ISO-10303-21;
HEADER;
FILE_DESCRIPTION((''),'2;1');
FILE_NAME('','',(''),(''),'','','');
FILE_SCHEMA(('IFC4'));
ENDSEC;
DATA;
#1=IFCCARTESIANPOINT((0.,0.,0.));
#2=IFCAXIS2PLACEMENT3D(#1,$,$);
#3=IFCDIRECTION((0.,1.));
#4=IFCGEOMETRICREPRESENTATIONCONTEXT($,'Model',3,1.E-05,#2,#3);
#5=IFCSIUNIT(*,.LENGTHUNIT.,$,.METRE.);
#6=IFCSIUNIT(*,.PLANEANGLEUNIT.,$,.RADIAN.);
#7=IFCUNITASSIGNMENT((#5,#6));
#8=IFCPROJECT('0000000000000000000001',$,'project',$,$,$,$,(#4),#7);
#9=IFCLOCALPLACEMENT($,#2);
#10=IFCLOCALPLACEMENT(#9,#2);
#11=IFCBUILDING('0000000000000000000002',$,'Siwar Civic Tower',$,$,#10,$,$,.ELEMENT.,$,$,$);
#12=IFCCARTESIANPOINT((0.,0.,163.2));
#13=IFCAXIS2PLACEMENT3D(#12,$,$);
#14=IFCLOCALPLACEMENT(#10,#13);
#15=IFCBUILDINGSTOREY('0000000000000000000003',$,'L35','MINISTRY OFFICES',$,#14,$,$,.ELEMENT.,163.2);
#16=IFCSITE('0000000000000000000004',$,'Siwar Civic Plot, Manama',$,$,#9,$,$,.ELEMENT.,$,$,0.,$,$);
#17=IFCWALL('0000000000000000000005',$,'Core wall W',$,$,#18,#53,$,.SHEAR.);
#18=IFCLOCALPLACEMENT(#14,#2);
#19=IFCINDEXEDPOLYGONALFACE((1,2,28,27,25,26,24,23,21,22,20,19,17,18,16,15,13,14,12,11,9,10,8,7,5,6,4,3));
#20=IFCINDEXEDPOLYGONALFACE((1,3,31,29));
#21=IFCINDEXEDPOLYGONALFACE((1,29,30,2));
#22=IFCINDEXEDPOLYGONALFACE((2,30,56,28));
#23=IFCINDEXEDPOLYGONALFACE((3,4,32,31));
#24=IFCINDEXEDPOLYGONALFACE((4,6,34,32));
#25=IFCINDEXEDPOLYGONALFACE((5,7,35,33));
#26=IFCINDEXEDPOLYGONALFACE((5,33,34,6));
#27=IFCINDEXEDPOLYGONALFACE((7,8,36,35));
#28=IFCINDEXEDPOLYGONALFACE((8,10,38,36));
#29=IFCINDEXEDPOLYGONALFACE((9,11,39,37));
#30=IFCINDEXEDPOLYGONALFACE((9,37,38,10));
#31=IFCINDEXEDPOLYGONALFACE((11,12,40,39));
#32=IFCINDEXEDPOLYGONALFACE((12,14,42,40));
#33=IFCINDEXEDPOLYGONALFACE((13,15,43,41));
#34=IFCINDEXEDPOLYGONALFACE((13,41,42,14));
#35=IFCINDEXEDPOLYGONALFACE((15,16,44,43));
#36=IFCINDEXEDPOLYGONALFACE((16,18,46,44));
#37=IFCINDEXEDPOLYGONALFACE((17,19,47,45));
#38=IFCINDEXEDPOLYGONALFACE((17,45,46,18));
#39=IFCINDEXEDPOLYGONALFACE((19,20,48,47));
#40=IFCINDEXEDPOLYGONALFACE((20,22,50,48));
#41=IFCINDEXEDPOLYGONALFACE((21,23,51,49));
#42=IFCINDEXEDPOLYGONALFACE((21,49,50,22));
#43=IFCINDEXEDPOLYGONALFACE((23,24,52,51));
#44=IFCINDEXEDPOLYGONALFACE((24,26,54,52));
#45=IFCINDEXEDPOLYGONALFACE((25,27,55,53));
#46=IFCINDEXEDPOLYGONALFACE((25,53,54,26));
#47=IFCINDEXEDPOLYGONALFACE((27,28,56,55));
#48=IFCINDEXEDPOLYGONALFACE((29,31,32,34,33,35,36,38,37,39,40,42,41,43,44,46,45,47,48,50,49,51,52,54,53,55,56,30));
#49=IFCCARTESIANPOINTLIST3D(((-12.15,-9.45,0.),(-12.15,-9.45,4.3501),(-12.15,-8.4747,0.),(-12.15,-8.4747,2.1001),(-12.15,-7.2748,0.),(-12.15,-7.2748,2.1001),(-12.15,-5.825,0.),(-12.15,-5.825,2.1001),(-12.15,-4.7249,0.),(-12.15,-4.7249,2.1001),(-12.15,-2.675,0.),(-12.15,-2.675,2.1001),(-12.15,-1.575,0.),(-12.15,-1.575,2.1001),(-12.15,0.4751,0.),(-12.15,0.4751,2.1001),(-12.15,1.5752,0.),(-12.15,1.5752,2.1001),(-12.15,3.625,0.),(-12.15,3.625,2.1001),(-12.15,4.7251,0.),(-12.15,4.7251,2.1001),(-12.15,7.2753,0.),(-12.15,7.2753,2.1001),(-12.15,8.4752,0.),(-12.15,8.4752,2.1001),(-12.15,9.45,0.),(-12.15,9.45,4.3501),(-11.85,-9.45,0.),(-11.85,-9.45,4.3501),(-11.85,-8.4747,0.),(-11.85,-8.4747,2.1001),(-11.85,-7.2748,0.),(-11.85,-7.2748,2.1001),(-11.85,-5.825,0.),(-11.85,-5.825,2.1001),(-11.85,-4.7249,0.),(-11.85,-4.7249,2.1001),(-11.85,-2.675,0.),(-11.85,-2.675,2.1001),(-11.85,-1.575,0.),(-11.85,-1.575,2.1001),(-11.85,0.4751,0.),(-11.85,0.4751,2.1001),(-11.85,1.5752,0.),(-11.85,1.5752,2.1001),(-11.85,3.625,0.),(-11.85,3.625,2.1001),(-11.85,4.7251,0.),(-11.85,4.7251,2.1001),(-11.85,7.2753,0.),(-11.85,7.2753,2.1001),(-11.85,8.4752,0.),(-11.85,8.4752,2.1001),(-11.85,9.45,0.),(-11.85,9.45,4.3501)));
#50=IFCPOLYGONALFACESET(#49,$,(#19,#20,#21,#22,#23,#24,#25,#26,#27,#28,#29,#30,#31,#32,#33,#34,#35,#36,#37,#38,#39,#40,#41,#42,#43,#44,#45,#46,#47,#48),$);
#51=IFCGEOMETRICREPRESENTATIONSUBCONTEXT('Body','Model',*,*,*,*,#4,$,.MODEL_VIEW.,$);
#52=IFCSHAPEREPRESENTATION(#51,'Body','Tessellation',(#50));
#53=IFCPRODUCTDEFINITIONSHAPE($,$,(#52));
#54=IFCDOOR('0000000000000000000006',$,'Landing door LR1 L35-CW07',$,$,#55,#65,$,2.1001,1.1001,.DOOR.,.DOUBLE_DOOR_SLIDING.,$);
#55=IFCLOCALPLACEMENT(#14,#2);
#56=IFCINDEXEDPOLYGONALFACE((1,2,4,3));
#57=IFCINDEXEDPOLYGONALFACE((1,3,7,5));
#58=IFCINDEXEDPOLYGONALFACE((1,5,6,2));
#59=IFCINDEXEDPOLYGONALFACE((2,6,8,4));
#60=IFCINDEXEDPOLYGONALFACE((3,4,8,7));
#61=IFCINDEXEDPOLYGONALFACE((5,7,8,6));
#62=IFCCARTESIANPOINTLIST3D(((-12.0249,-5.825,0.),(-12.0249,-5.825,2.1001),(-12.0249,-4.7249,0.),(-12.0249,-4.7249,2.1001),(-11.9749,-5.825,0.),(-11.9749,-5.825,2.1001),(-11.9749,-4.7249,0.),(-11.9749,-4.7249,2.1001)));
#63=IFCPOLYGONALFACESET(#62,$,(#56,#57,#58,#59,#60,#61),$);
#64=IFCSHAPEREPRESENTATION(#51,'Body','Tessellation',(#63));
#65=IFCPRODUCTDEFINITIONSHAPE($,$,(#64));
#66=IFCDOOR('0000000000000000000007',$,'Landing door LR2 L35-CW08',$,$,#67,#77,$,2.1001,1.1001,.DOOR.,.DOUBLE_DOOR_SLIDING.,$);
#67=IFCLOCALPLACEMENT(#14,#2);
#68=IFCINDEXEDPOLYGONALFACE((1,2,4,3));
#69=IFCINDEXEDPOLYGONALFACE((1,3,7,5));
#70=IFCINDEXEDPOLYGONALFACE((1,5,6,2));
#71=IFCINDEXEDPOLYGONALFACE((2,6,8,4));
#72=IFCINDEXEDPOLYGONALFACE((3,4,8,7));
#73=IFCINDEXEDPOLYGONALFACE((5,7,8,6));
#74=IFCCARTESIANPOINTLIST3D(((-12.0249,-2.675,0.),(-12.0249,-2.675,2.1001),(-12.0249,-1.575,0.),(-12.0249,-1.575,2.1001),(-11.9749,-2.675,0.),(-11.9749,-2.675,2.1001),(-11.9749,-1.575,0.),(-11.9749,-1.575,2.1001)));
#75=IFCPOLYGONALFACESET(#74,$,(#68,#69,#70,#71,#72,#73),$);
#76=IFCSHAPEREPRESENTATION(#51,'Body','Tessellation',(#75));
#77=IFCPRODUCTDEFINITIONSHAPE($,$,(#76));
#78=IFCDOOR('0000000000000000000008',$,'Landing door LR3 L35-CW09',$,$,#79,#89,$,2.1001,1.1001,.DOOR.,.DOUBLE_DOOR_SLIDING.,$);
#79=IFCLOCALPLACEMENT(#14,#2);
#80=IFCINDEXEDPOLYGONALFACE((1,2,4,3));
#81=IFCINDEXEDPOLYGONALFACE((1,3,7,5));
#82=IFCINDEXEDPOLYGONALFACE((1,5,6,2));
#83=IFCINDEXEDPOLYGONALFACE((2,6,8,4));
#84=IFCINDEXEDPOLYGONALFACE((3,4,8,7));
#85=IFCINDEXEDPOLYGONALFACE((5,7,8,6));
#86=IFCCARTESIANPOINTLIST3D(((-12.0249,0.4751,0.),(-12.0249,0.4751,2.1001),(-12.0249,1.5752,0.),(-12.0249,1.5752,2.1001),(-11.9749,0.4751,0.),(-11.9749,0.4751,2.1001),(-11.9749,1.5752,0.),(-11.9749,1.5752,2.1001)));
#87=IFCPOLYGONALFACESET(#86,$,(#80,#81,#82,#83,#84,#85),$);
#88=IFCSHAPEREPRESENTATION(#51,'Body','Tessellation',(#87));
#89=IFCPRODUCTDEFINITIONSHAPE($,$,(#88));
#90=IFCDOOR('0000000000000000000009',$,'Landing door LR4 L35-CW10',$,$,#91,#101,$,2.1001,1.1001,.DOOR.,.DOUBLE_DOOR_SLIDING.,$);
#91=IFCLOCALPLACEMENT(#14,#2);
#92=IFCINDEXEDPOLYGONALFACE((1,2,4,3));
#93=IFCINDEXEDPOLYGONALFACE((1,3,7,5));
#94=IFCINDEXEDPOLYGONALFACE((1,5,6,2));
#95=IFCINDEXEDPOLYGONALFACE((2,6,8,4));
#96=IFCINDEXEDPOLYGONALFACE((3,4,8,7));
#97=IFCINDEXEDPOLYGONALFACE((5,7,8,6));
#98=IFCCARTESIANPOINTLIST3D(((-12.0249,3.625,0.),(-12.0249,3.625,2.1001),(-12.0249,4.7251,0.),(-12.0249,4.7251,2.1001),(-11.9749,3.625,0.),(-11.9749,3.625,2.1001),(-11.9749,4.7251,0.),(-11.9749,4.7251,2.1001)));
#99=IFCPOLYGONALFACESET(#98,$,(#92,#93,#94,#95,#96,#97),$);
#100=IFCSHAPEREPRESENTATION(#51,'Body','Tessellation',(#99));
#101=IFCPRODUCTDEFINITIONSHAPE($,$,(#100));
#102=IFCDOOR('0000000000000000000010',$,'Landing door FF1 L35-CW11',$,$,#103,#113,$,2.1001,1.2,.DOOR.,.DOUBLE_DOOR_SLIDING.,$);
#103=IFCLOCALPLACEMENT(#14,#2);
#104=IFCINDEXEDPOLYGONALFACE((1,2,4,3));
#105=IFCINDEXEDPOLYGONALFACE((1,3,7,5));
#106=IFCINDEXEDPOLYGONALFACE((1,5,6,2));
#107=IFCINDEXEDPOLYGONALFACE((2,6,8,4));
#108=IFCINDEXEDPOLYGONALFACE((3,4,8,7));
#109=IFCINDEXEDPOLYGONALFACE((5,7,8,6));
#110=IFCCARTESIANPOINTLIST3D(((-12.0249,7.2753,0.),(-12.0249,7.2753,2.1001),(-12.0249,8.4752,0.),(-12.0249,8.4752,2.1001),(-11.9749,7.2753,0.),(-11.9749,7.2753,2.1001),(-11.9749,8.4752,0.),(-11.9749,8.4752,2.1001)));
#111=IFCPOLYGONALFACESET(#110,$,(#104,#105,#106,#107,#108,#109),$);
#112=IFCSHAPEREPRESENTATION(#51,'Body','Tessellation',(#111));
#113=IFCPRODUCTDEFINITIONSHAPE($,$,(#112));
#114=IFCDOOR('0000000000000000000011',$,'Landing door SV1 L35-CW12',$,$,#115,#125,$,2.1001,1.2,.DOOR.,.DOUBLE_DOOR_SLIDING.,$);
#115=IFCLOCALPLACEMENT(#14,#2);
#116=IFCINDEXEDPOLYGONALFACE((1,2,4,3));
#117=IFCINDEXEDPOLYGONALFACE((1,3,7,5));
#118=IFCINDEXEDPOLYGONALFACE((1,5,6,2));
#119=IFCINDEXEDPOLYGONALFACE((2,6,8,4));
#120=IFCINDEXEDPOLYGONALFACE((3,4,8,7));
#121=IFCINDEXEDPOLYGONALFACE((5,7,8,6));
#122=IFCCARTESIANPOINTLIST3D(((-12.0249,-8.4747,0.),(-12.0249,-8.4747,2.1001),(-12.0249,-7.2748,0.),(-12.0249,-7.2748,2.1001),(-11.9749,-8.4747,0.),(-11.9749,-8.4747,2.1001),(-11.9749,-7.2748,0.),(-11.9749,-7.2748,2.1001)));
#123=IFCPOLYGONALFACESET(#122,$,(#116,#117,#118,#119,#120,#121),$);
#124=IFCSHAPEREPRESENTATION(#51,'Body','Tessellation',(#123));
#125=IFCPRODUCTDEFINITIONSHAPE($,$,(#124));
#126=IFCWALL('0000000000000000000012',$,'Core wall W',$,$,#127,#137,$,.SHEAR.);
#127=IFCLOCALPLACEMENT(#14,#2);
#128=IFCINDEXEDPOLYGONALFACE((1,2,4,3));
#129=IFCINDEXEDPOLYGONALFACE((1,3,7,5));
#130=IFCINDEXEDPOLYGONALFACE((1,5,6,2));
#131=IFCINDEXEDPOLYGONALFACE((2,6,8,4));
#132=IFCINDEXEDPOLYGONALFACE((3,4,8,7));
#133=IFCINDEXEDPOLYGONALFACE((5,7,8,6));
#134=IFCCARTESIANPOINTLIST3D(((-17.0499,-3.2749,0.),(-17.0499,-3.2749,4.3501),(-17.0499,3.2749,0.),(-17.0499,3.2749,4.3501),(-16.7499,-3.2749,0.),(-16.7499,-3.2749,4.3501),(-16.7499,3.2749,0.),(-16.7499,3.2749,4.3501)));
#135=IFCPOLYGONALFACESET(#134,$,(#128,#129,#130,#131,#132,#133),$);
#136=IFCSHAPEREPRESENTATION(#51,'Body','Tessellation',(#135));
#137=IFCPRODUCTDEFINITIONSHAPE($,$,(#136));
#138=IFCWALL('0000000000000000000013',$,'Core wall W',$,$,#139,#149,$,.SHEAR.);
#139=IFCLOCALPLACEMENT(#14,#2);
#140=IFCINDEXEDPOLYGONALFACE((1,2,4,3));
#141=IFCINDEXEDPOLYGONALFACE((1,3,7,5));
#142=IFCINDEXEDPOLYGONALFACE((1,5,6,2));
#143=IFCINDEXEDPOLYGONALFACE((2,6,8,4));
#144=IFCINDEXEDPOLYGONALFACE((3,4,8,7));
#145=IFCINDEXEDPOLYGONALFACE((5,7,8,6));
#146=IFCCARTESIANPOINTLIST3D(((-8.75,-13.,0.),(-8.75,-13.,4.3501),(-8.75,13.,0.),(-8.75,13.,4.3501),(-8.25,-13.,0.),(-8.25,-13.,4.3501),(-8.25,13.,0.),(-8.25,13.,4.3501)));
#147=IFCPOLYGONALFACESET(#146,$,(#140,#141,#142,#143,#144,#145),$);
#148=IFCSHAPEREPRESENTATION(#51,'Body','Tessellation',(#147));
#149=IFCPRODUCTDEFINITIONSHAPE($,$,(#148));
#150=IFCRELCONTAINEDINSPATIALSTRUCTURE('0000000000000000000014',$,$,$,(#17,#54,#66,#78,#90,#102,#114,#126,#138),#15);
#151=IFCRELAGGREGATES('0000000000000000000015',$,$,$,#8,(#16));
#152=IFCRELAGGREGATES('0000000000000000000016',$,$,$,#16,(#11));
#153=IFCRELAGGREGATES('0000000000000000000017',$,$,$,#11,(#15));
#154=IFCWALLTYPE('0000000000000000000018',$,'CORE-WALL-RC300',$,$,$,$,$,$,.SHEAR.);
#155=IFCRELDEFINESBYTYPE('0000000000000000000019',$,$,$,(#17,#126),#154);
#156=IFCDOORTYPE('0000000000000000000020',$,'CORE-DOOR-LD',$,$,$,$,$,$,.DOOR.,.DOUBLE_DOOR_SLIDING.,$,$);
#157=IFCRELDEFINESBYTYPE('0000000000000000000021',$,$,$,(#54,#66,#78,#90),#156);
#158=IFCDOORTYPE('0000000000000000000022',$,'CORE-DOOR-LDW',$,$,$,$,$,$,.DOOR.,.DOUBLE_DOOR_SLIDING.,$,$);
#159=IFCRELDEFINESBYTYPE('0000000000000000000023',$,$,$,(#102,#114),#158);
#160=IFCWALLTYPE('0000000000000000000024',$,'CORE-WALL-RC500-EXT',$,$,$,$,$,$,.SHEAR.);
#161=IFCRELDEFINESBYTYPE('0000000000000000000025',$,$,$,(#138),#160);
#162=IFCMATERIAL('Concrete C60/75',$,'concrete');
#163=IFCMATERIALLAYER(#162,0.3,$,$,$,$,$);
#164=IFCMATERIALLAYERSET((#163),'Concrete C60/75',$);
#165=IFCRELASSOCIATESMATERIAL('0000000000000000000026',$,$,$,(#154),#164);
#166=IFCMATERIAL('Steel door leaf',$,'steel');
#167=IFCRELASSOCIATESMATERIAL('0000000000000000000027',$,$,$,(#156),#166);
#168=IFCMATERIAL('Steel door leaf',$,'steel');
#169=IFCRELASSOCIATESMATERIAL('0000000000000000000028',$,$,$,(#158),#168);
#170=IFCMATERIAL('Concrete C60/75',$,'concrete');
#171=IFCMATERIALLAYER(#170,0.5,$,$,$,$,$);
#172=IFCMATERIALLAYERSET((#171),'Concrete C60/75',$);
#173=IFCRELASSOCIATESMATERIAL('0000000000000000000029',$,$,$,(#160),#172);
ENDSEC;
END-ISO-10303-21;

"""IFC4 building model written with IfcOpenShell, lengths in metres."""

from ifc_helpers import new_model, si_unit, direction, frame, frame_2d, origin, place, context, subcontext, project, spatial, rectangle, extrude, material, layer, layer_set, type_object, element, fill, save


model = new_model("IFC4")

# Units and contexts
model_context = context("Model", 3, precision=1e-05, world=origin(), true_north=direction((0.0, 1.0)))
body_context = subcontext(model_context, "Body", "Model", "MODEL_VIEW")
ifc_project = project(units=[si_unit("LENGTHUNIT", "METRE"), si_unit("PLANEANGLEUNIT", "RADIAN")], contexts=[model_context])

# Site, building, storey
site_placement = place(None, origin())
site = spatial("IfcSite", under=ifc_project, at=site_placement, Name="Siwar Civic Plot, Manama", CompositionType="ELEMENT", RefElevation=0.0)
building_placement = place(site_placement, origin())
building = spatial("IfcBuilding", under=site, at=building_placement, Name="Siwar Civic Tower", CompositionType="ELEMENT")
storey_placement = place(building_placement, frame((0.0, 0.0, 163.2)))
storey = spatial("IfcBuildingStorey", under=building, at=storey_placement, Name="L35", Description="MINISTRY OFFICES", CompositionType="ELEMENT", Elevation=163.2)

# Wall, openings, doors
ifc_material_1 = material(Name="Concrete C60/75", Category="concrete")
ifc_layer_1 = layer(ifc_material_1, 0.3)
ifc_layer_set_1 = layer_set([ifc_layer_1], Name="Concrete C60/75")
wall_type_1 = type_object("IfcWallType", Name="CORE-WALL-RC300", PredefinedType="SHEAR", material=ifc_layer_set_1)
wall_1_placement = place(storey_placement, frame((-12.0, -9.45, 0.0), z_axis=(0.0, 0.0, 1.0), x_axis=(0.0, 1.0, 0.0)))
wall_1 = element("IfcWall", 1, at=wall_1_placement, inside=storey, type_object=wall_type_1, Name="Core wall W", PredefinedType="SHEAR", context=body_context, shape_type="SweptSolid", body=[
    extrude(rectangle(XDim=18.8999, YDim=0.3, at=frame_2d((9.45, 0.0))), origin(), (0.0, 0.0, 1.0), 4.3501),
])
opening_1_placement = place(wall_1_placement, frame((3.625, 0.0, 0.0)))
opening_1 = element("IfcOpeningElement", 2, at=opening_1_placement, cuts=wall_1, PredefinedType="OPENING", context=body_context, shape_type="SweptSolid", body=[
    extrude(rectangle(XDim=1.1001, YDim=2.1001, at=frame_2d((0.55, 1.05))), frame((0.0, 0.1602, 0.0), z_axis=(0.0, -1.0, 0.0), x_axis=(1.0, 0.0, 0.0)), (0.0, 0.0, 1.0), 0.3201),
])
opening_2_placement = place(wall_1_placement, frame((6.7749, 0.0, 0.0)))
opening_2 = element("IfcOpeningElement", 3, at=opening_2_placement, cuts=wall_1, PredefinedType="OPENING", context=body_context, shape_type="SweptSolid", body=[
    extrude(rectangle(XDim=1.1001, YDim=2.1001, at=frame_2d((0.55, 1.05))), frame((0.0, 0.1602, 0.0), z_axis=(0.0, -1.0, 0.0), x_axis=(1.0, 0.0, 0.0)), (0.0, 0.0, 1.0), 0.3201),
])
opening_3_placement = place(wall_1_placement, frame((9.925, 0.0, 0.0)))
opening_3 = element("IfcOpeningElement", 4, at=opening_3_placement, cuts=wall_1, PredefinedType="OPENING", context=body_context, shape_type="SweptSolid", body=[
    extrude(rectangle(XDim=1.1001, YDim=2.1001, at=frame_2d((0.55, 1.05))), frame((0.0, 0.1602, 0.0), z_axis=(0.0, -1.0, 0.0), x_axis=(1.0, 0.0, 0.0)), (0.0, 0.0, 1.0), 0.3201),
])
opening_4_placement = place(wall_1_placement, frame((13.075, 0.0, 0.0)))
opening_4 = element("IfcOpeningElement", 5, at=opening_4_placement, cuts=wall_1, PredefinedType="OPENING", context=body_context, shape_type="SweptSolid", body=[
    extrude(rectangle(XDim=1.1001, YDim=2.1001, at=frame_2d((0.55, 1.05))), frame((0.0, 0.1602, 0.0), z_axis=(0.0, -1.0, 0.0), x_axis=(1.0, 0.0, 0.0)), (0.0, 0.0, 1.0), 0.3201),
])
opening_5_placement = place(wall_1_placement, frame((16.7251, 0.0, 0.0)))
opening_5 = element("IfcOpeningElement", 6, at=opening_5_placement, cuts=wall_1, PredefinedType="OPENING", context=body_context, shape_type="SweptSolid", body=[
    extrude(rectangle(XDim=1.2, YDim=2.1001, at=frame_2d((0.6001, 1.05))), frame((0.0, 0.1602, 0.0), z_axis=(0.0, -1.0, 0.0), x_axis=(1.0, 0.0, 0.0)), (0.0, 0.0, 1.0), 0.3201),
])
opening_6_placement = place(wall_1_placement, frame((0.9751, 0.0, 0.0)))
opening_6 = element("IfcOpeningElement", 7, at=opening_6_placement, cuts=wall_1, PredefinedType="OPENING", context=body_context, shape_type="SweptSolid", body=[
    extrude(rectangle(XDim=1.2, YDim=2.1001, at=frame_2d((0.6001, 1.05))), frame((0.0, 0.1602, 0.0), z_axis=(0.0, -1.0, 0.0), x_axis=(1.0, 0.0, 0.0)), (0.0, 0.0, 1.0), 0.3201),
])
ifc_material_2 = material(Name="Steel door leaf", Category="steel")
door_type_1 = type_object("IfcDoorType", Name="CORE-DOOR-LD", OperationType="DOUBLE_DOOR_SLIDING", PredefinedType="DOOR", material=ifc_material_2)
door_1_placement = place(opening_1_placement, origin())
door_1 = element("IfcDoor", 8, at=door_1_placement, inside=storey, type_object=door_type_1, Name="Landing door LR1 L35-CW07", OperationType="DOUBLE_DOOR_SLIDING", OverallHeight=2.1001, OverallWidth=1.1001, PredefinedType="DOOR", context=body_context, shape_type="SweptSolid", body=[
    extrude(rectangle(XDim=1.1001, YDim=2.1001, at=frame_2d((0.55, 1.05))), frame((0.0, 0.0249, 0.0), z_axis=(0.0, -1.0, 0.0), x_axis=(1.0, 0.0, 0.0)), (0.0, 0.0, 1.0), 0.05),
])
fill(opening_1, door_1)
door_2_placement = place(opening_2_placement, origin())
door_2 = element("IfcDoor", 9, at=door_2_placement, inside=storey, type_object=door_type_1, Name="Landing door LR2 L35-CW08", OperationType="DOUBLE_DOOR_SLIDING", OverallHeight=2.1001, OverallWidth=1.1001, PredefinedType="DOOR", context=body_context, shape_type="SweptSolid", body=[
    extrude(rectangle(XDim=1.1001, YDim=2.1001, at=frame_2d((0.55, 1.05))), frame((0.0, 0.0249, 0.0), z_axis=(0.0, -1.0, 0.0), x_axis=(1.0, 0.0, 0.0)), (0.0, 0.0, 1.0), 0.05),
])
fill(opening_2, door_2)
door_3_placement = place(opening_3_placement, origin())
door_3 = element("IfcDoor", 10, at=door_3_placement, inside=storey, type_object=door_type_1, Name="Landing door LR3 L35-CW09", OperationType="DOUBLE_DOOR_SLIDING", OverallHeight=2.1001, OverallWidth=1.1001, PredefinedType="DOOR", context=body_context, shape_type="SweptSolid", body=[
    extrude(rectangle(XDim=1.1001, YDim=2.1001, at=frame_2d((0.55, 1.05))), frame((0.0, 0.0249, 0.0), z_axis=(0.0, -1.0, 0.0), x_axis=(1.0, 0.0, 0.0)), (0.0, 0.0, 1.0), 0.05),
])
fill(opening_3, door_3)
door_4_placement = place(opening_4_placement, origin())
door_4 = element("IfcDoor", 11, at=door_4_placement, inside=storey, type_object=door_type_1, Name="Landing door LR4 L35-CW10", OperationType="DOUBLE_DOOR_SLIDING", OverallHeight=2.1001, OverallWidth=1.1001, PredefinedType="DOOR", context=body_context, shape_type="SweptSolid", body=[
    extrude(rectangle(XDim=1.1001, YDim=2.1001, at=frame_2d((0.55, 1.05))), frame((0.0, 0.0249, 0.0), z_axis=(0.0, -1.0, 0.0), x_axis=(1.0, 0.0, 0.0)), (0.0, 0.0, 1.0), 0.05),
])
fill(opening_4, door_4)
ifc_material_3 = material(Name="Steel door leaf", Category="steel")
door_type_2 = type_object("IfcDoorType", Name="CORE-DOOR-LDW", OperationType="DOUBLE_DOOR_SLIDING", PredefinedType="DOOR", material=ifc_material_3)
door_5_placement = place(opening_5_placement, origin())
door_5 = element("IfcDoor", 12, at=door_5_placement, inside=storey, type_object=door_type_2, Name="Landing door FF1 L35-CW11", OperationType="DOUBLE_DOOR_SLIDING", OverallHeight=2.1001, OverallWidth=1.2, PredefinedType="DOOR", context=body_context, shape_type="SweptSolid", body=[
    extrude(rectangle(XDim=1.2, YDim=2.1001, at=frame_2d((0.6001, 1.05))), frame((0.0, 0.0249, 0.0), z_axis=(0.0, -1.0, 0.0), x_axis=(1.0, 0.0, 0.0)), (0.0, 0.0, 1.0), 0.05),
])
fill(opening_5, door_5)
door_6_placement = place(opening_6_placement, origin())
door_6 = element("IfcDoor", 13, at=door_6_placement, inside=storey, type_object=door_type_2, Name="Landing door SV1 L35-CW12", OperationType="DOUBLE_DOOR_SLIDING", OverallHeight=2.1001, OverallWidth=1.2, PredefinedType="DOOR", context=body_context, shape_type="SweptSolid", body=[
    extrude(rectangle(XDim=1.2, YDim=2.1001, at=frame_2d((0.6001, 1.05))), frame((0.0, 0.0249, 0.0), z_axis=(0.0, -1.0, 0.0), x_axis=(1.0, 0.0, 0.0)), (0.0, 0.0, 1.0), 0.05),
])
fill(opening_6, door_6)

# Walls
wall_2_placement = place(storey_placement, frame((-16.8999, -3.2749, 0.0), z_axis=(0.0, 0.0, 1.0), x_axis=(0.0, 1.0, 0.0)))
element("IfcWall", 14, at=wall_2_placement, inside=storey, type_object=wall_type_1, Name="Core wall W", PredefinedType="SHEAR", context=body_context, shape_type="SweptSolid", body=[
    extrude(rectangle(XDim=6.5498, YDim=0.3, at=frame_2d((3.2749, 0.0))), origin(), (0.0, 0.0, 1.0), 4.3501),
])
ifc_material_4 = material(Name="Concrete C60/75", Category="concrete")
ifc_layer_2 = layer(ifc_material_4, 0.5)
ifc_layer_set_2 = layer_set([ifc_layer_2], Name="Concrete C60/75")
wall_type_2 = type_object("IfcWallType", Name="CORE-WALL-RC500-EXT", PredefinedType="SHEAR", material=ifc_layer_set_2)
wall_3_placement = place(storey_placement, frame((-8.5, -13.0, 0.0), z_axis=(0.0, 0.0, 1.0), x_axis=(0.0, 1.0, 0.0)))
element("IfcWall", 15, at=wall_3_placement, inside=storey, type_object=wall_type_2, Name="Core wall W", PredefinedType="SHEAR", context=body_context, shape_type="SweptSolid", body=[
    extrude(rectangle(XDim=26.0, YDim=0.5, at=frame_2d((13.0, 0.0))), origin(), (0.0, 0.0, 1.0), 4.3501),
])

save(model, "model.ifc")
